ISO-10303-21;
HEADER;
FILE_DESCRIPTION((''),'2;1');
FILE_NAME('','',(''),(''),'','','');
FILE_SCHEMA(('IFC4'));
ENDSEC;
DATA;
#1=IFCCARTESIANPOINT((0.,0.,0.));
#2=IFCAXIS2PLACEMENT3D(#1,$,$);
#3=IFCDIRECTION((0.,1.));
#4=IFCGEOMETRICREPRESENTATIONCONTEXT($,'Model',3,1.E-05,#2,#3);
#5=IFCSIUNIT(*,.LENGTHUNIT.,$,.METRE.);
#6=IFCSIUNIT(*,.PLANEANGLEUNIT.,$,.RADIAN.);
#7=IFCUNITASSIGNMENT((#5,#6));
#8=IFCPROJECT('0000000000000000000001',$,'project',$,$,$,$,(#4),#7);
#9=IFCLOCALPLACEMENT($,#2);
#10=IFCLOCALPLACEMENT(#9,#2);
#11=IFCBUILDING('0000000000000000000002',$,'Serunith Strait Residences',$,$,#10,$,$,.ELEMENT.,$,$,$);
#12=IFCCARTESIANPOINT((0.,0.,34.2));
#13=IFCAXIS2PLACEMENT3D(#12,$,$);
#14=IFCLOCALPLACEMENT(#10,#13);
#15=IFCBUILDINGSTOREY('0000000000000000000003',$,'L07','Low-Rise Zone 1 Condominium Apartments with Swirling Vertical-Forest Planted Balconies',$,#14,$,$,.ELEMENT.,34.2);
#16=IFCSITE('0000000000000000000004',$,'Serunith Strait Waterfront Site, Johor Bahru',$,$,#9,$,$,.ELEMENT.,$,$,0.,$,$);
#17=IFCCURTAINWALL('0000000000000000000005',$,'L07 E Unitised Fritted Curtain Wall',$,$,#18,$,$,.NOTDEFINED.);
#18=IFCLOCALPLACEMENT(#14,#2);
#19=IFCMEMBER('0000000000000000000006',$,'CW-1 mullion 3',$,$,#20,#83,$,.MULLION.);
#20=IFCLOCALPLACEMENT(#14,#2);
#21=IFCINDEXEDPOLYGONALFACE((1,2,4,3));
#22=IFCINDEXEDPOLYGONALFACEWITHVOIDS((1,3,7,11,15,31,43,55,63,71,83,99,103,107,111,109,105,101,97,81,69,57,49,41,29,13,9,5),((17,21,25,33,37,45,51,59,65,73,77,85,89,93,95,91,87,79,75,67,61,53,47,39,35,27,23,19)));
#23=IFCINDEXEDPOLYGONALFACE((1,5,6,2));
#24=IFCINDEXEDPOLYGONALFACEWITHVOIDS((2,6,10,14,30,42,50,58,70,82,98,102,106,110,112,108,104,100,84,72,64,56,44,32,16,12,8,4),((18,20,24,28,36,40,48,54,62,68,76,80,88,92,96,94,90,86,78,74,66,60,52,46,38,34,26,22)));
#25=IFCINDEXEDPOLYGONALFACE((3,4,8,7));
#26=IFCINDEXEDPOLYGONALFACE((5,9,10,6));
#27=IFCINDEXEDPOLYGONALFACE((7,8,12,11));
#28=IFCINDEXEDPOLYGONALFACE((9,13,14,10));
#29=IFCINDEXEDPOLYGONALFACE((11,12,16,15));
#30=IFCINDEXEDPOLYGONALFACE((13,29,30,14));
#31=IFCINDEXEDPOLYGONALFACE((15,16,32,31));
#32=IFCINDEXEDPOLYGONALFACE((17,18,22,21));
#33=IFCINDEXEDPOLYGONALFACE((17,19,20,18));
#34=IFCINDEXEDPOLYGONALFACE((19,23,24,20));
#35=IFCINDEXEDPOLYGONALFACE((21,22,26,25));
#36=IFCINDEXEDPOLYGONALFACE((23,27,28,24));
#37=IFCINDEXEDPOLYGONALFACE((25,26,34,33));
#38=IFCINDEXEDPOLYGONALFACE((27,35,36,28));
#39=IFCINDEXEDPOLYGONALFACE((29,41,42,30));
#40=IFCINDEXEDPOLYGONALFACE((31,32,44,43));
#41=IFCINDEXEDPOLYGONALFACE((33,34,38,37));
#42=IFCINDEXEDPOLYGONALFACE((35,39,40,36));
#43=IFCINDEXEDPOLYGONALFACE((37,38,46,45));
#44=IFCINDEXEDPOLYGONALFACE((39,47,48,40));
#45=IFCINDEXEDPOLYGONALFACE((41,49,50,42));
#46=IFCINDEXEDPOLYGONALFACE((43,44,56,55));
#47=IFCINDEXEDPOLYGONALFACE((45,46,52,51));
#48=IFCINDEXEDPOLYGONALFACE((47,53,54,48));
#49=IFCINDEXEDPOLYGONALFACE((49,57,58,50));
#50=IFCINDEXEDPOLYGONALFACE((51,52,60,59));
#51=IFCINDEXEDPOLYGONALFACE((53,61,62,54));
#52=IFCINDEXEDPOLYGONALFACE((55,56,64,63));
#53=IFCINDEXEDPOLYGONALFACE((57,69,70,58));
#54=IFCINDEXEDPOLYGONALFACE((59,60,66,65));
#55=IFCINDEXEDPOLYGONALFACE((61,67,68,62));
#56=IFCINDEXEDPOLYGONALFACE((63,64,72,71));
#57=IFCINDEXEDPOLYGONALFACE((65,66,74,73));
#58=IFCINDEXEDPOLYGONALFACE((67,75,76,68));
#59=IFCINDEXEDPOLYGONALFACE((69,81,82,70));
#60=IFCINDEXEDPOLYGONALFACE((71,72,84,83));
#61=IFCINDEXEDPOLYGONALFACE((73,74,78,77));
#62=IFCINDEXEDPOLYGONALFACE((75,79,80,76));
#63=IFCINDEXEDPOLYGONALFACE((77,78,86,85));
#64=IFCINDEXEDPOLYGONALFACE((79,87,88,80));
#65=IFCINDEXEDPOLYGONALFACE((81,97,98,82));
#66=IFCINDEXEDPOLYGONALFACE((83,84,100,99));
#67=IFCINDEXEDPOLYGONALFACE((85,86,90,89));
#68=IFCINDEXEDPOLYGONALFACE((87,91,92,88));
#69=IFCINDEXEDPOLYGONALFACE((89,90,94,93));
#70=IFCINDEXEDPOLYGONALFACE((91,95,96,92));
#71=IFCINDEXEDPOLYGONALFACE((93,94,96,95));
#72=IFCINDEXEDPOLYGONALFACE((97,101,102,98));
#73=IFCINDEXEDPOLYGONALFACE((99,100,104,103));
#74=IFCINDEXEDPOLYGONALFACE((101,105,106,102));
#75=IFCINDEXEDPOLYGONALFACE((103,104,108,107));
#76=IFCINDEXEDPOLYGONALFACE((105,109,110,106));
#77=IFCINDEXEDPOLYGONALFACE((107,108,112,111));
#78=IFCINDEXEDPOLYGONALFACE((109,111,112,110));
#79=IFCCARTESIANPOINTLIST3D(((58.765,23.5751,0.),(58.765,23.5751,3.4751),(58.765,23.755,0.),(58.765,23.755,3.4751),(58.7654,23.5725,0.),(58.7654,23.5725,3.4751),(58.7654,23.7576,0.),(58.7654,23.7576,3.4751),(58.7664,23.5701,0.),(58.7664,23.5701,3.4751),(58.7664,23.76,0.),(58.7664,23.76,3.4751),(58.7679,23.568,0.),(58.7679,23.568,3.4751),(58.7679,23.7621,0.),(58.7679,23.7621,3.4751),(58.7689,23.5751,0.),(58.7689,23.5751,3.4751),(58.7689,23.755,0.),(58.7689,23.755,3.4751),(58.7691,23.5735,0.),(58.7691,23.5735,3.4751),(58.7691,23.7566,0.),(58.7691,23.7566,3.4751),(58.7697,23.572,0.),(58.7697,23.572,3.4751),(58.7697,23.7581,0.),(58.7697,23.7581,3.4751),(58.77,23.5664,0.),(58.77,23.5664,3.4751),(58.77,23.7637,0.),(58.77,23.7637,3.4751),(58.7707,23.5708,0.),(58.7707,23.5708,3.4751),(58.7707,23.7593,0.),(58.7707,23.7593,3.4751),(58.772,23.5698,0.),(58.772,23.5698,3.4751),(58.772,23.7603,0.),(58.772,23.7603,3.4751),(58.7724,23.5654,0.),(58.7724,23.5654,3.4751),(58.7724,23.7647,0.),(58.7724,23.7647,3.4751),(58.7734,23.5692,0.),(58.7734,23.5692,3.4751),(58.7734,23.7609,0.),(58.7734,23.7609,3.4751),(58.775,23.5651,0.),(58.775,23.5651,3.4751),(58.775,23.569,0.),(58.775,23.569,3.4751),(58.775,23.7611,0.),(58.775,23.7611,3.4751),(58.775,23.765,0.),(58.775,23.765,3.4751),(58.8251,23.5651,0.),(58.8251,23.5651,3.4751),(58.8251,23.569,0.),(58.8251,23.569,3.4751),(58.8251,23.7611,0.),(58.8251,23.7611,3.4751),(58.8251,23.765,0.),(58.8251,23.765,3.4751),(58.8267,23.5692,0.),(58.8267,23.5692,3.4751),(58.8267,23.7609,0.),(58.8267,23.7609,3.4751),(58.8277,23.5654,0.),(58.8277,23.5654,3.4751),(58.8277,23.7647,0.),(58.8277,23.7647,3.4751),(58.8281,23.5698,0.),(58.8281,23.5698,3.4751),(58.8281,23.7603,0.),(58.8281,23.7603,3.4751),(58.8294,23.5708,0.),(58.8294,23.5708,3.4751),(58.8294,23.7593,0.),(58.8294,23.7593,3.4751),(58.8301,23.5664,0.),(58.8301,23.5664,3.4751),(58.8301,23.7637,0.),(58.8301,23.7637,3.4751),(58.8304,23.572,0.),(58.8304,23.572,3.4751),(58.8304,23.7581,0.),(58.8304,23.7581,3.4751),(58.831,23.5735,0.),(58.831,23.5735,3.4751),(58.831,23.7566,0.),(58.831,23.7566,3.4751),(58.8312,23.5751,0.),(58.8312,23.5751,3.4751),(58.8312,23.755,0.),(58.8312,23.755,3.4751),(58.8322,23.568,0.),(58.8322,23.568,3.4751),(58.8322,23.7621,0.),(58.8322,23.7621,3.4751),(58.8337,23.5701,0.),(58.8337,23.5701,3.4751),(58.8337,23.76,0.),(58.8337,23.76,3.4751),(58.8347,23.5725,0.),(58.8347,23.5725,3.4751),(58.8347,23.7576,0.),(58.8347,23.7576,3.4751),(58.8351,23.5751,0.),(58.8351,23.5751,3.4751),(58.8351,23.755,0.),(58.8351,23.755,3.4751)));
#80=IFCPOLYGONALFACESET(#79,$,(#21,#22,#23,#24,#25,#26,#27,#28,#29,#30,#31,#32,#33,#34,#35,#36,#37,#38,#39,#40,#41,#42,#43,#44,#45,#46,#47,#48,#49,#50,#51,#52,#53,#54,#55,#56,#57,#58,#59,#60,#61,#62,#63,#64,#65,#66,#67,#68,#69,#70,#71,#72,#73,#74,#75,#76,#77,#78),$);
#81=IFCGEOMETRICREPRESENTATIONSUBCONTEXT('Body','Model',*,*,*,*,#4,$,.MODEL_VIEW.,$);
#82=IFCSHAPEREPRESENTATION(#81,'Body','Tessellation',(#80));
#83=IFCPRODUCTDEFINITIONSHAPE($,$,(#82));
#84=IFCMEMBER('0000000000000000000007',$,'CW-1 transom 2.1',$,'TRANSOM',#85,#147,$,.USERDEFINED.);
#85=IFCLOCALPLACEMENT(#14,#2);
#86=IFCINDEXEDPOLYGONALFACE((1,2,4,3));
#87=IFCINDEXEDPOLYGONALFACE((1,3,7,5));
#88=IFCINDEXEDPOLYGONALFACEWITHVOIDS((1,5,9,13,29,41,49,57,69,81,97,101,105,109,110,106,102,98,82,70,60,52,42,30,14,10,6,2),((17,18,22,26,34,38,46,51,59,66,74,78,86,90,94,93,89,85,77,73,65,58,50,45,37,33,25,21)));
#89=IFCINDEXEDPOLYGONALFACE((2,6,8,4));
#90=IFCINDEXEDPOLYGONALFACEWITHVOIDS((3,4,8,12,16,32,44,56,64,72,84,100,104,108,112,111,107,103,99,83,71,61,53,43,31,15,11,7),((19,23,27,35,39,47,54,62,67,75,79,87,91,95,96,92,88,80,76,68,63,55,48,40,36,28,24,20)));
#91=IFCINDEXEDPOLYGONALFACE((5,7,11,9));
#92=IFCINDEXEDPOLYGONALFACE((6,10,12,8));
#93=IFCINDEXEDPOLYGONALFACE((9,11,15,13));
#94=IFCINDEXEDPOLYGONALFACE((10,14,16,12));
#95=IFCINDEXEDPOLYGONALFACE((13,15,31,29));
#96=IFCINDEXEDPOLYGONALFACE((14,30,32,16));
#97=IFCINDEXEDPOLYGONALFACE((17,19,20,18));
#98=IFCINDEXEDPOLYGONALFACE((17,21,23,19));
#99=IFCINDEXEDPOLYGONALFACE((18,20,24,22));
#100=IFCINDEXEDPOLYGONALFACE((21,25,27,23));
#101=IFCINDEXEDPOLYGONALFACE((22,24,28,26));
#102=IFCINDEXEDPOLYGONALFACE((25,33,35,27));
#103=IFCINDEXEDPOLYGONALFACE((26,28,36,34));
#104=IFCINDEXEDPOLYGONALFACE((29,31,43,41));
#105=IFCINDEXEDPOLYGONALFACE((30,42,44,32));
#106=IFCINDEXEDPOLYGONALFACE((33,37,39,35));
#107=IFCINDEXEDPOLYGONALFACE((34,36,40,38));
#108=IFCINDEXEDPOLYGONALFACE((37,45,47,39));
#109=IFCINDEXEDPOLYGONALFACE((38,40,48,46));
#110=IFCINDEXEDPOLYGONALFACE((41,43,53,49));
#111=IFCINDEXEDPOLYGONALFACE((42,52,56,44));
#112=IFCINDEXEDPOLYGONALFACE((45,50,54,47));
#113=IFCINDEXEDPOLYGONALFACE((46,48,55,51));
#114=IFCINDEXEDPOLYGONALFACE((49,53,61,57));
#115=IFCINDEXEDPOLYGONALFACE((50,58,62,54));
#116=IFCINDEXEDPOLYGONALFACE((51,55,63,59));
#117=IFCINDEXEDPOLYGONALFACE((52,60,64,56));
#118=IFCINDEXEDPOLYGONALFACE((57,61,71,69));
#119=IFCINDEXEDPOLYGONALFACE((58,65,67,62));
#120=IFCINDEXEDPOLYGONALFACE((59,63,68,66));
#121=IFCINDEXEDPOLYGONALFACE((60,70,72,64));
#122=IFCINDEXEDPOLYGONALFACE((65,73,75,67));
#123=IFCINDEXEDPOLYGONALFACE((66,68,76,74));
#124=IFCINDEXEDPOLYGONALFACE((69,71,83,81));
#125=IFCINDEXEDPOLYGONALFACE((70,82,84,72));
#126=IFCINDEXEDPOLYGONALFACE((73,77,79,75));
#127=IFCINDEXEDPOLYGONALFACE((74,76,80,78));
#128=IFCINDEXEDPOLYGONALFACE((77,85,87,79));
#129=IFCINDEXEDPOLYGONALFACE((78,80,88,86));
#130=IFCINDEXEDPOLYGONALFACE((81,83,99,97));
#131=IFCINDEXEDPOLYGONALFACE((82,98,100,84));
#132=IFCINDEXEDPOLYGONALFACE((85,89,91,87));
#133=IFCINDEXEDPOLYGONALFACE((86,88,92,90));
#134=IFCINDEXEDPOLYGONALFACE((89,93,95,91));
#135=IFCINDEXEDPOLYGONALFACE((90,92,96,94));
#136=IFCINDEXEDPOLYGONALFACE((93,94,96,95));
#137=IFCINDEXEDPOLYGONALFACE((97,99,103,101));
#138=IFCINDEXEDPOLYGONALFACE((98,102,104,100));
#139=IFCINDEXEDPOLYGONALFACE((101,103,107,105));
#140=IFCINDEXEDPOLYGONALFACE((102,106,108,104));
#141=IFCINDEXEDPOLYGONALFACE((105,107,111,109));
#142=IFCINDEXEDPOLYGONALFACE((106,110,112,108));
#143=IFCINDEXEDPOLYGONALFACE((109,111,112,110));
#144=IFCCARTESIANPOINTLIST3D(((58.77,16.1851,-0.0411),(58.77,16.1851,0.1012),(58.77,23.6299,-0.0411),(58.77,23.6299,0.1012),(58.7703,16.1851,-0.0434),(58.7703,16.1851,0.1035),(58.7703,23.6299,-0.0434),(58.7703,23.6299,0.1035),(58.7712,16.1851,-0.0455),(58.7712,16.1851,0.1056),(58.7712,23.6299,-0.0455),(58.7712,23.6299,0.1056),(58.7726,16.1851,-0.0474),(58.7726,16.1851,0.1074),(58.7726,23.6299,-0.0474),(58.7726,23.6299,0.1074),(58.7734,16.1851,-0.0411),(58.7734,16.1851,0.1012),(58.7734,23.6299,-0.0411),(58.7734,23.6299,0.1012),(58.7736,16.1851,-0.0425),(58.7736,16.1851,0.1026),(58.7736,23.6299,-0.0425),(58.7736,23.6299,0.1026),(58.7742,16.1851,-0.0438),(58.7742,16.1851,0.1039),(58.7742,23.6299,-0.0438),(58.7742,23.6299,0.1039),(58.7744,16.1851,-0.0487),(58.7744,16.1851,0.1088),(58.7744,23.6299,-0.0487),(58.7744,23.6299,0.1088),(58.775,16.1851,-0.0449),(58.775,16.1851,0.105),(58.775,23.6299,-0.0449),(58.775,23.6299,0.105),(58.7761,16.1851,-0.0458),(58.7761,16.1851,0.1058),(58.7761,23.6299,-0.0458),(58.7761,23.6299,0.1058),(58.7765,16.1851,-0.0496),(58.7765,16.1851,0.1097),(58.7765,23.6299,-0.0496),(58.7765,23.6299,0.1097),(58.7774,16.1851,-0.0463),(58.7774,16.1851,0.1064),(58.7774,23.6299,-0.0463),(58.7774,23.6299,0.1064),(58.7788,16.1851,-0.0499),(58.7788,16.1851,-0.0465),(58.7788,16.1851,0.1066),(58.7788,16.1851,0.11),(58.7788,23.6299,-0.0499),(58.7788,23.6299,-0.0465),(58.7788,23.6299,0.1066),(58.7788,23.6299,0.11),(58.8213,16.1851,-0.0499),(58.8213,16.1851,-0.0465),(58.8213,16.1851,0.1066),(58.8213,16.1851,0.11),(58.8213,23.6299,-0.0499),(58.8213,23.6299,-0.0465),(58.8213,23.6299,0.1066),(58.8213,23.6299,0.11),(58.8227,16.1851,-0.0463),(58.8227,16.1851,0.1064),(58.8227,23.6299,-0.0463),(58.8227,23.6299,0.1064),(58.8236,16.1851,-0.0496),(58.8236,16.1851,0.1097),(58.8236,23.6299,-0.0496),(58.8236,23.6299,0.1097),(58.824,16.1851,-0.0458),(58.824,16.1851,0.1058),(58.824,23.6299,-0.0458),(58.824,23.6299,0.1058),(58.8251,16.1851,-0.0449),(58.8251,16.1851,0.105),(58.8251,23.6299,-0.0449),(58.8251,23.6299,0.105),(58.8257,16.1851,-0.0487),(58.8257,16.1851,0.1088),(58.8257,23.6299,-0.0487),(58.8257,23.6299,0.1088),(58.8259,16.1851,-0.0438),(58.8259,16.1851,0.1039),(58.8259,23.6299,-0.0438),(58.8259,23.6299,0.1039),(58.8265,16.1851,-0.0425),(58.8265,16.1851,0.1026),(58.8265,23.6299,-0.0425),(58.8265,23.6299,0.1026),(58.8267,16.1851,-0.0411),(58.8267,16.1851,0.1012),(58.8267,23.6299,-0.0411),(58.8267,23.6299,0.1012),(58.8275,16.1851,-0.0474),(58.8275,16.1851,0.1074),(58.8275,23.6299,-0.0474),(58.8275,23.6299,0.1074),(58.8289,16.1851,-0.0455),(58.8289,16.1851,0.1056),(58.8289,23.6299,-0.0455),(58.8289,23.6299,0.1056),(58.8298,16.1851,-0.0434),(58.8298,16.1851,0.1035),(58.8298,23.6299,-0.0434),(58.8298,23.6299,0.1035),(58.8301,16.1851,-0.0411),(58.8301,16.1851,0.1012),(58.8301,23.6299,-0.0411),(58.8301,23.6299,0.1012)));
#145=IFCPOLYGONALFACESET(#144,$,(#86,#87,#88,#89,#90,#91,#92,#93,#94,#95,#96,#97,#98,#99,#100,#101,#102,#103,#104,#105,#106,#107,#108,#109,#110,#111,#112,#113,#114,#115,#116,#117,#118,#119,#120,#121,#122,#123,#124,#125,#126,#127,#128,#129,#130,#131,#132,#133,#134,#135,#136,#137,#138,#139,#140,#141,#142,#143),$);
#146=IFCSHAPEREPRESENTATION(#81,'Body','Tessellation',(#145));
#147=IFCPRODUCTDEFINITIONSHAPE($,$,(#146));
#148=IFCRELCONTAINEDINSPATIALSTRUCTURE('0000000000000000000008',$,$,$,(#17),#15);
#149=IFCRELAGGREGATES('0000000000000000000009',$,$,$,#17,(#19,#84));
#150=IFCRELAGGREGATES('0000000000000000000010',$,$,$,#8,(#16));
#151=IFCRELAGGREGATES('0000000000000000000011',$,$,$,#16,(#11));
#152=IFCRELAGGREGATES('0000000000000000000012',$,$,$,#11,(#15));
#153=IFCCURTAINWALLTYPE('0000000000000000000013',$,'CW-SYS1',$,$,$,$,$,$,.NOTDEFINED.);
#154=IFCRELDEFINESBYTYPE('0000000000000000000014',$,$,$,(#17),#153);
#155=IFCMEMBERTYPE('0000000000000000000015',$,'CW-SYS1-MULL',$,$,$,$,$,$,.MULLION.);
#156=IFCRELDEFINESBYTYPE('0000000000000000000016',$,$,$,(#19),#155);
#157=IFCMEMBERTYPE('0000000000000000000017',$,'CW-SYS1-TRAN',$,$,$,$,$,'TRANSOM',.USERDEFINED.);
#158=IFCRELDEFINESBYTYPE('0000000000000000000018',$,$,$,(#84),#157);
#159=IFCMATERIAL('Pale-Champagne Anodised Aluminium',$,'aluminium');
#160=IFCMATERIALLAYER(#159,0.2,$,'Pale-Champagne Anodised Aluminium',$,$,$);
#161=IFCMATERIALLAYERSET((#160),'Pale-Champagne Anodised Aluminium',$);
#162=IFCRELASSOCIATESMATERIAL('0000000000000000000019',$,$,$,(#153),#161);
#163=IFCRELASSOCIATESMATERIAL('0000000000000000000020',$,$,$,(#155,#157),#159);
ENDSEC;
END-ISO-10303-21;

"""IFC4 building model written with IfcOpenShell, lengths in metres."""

from ifc_helpers import new_model, si_unit, direction, frame, origin, origin_2d, place, context, subcontext, project, spatial, hollow_rectangle, extrude, source, transform, mapped, material, layer, layer_set, material_profile, profile_set, type_object, element, aggregate, save


model = new_model("IFC4")

# Units and contexts
model_context = context("Model", 3, precision=1e-05, world=origin(), true_north=direction((0.0, 1.0)))
body_context = subcontext(model_context, "Body", "Model", "MODEL_VIEW")
ifc_project = project(units=[si_unit("LENGTHUNIT", "METRE"), si_unit("PLANEANGLEUNIT", "RADIAN")], contexts=[model_context])

# Site, building, storey
site_placement = place(None, origin())
site = spatial("IfcSite", under=ifc_project, at=site_placement, Name="Serunith Strait Waterfront Site, Johor Bahru", CompositionType="ELEMENT", RefElevation=0.0)
building_placement = place(site_placement, origin())
building = spatial("IfcBuilding", under=site, at=building_placement, Name="Serunith Strait Residences", CompositionType="ELEMENT")
storey_placement = place(building_placement, frame((0.0, 0.0, 34.2)))
storey = spatial("IfcBuildingStorey", under=building, at=storey_placement, Name="L07", Description="Low-Rise Zone 1 Condominium Apartments with Swirling Vertical-Forest Planted Balconies", CompositionType="ELEMENT", Elevation=34.2)

# Curtain wall, members
ifc_material_1 = material(Name="Pale-Champagne Anodised Aluminium", Category="aluminium")
ifc_layer_1 = layer(ifc_material_1, 0.2, Name="Pale-Champagne Anodised Aluminium")
ifc_layer_set_1 = layer_set([ifc_layer_1], Name="Pale-Champagne Anodised Aluminium")
curtain_wall_type = type_object("IfcCurtainWallType", Name="CW-SYS1", PredefinedType="NOTDEFINED", material=ifc_layer_set_1)
curtain_wall_placement = place(storey_placement, origin())
curtain_wall = element("IfcCurtainWall", 1, at=curtain_wall_placement, inside=storey, type_object=curtain_wall_type, Name="L07 E Unitised Fritted Curtain Wall", PredefinedType="NOTDEFINED")
ifc_material_profile_1 = material_profile(ifc_material_1, hollow_rectangle(XDim=0.0701, YDim=0.2, WallThickness=0.0039, InnerFilletRadius=0.0061, OuterFilletRadius=0.01, at=origin_2d()), Name="ALU 200x70x4")
ifc_profile_set_1 = profile_set([ifc_material_profile_1], Name="Pale-Champagne Anodised Aluminium")
member_type_1 = type_object("IfcMemberType", Name="CW-SYS1-MULL", PredefinedType="MULLION", material=ifc_profile_set_1)
shared_shape_1 = source(origin(), body_context, "Body", "SweptSolid", [
    extrude(hollow_rectangle(XDim=0.0701, YDim=0.2, WallThickness=0.0039, InnerFilletRadius=0.0061, OuterFilletRadius=0.01, at=origin_2d()), origin(), (0.0, 0.0, 1.0), 3.4751),
])
member_1_placement = place(storey_placement, frame((58.8, 23.665, 0.0), z_axis=(0.0, 0.0, 1.0), x_axis=(-1.0, 0.0, 0.0)))
member_1 = element("IfcMember", 2, at=member_1_placement, type_object=member_type_1, Name="CW-1 mullion 3", PredefinedType="MULLION", context=body_context, shape_type="MappedRepresentation", body=[
    mapped(shared_shape_1, transform((0.0, 0.0, 0.0), scale=1.0)),
])
ifc_material_profile_2 = material_profile(ifc_material_1, hollow_rectangle(XDim=0.0601, YDim=0.1599, WallThickness=0.0034, InnerFilletRadius=0.0054, OuterFilletRadius=0.0088, at=origin_2d()), Name="ALU 160x60x3.5")
ifc_profile_set_2 = profile_set([ifc_material_profile_2], Name="Pale-Champagne Anodised Aluminium")
member_type_2 = type_object("IfcMemberType", Name="CW-SYS1-TRAN", ElementType="TRANSOM", PredefinedType="USERDEFINED", material=ifc_profile_set_2)
shared_shape_2 = source(origin(), body_context, "Body", "SweptSolid", [
    extrude(hollow_rectangle(XDim=0.0601, YDim=0.1599, WallThickness=0.0034, InnerFilletRadius=0.0054, OuterFilletRadius=0.0088, at=origin_2d()), origin(), (0.0, 0.0, 1.0), 7.4448),
])
member_2_placement = place(storey_placement, frame((58.8, 16.1851, 0.03), z_axis=(0.0, 1.0, 0.0), x_axis=(-1.0, 0.0, 0.0)))
member_2 = element("IfcMember", 3, at=member_2_placement, type_object=member_type_2, Name="CW-1 transom 2.1", ObjectType="TRANSOM", PredefinedType="USERDEFINED", context=body_context, shape_type="MappedRepresentation", body=[
    mapped(shared_shape_2, transform((0.0, 0.0, 0.0), scale=1.0)),
])
aggregate(curtain_wall, [member_1, member_2])

save(model, "model.ifc")
